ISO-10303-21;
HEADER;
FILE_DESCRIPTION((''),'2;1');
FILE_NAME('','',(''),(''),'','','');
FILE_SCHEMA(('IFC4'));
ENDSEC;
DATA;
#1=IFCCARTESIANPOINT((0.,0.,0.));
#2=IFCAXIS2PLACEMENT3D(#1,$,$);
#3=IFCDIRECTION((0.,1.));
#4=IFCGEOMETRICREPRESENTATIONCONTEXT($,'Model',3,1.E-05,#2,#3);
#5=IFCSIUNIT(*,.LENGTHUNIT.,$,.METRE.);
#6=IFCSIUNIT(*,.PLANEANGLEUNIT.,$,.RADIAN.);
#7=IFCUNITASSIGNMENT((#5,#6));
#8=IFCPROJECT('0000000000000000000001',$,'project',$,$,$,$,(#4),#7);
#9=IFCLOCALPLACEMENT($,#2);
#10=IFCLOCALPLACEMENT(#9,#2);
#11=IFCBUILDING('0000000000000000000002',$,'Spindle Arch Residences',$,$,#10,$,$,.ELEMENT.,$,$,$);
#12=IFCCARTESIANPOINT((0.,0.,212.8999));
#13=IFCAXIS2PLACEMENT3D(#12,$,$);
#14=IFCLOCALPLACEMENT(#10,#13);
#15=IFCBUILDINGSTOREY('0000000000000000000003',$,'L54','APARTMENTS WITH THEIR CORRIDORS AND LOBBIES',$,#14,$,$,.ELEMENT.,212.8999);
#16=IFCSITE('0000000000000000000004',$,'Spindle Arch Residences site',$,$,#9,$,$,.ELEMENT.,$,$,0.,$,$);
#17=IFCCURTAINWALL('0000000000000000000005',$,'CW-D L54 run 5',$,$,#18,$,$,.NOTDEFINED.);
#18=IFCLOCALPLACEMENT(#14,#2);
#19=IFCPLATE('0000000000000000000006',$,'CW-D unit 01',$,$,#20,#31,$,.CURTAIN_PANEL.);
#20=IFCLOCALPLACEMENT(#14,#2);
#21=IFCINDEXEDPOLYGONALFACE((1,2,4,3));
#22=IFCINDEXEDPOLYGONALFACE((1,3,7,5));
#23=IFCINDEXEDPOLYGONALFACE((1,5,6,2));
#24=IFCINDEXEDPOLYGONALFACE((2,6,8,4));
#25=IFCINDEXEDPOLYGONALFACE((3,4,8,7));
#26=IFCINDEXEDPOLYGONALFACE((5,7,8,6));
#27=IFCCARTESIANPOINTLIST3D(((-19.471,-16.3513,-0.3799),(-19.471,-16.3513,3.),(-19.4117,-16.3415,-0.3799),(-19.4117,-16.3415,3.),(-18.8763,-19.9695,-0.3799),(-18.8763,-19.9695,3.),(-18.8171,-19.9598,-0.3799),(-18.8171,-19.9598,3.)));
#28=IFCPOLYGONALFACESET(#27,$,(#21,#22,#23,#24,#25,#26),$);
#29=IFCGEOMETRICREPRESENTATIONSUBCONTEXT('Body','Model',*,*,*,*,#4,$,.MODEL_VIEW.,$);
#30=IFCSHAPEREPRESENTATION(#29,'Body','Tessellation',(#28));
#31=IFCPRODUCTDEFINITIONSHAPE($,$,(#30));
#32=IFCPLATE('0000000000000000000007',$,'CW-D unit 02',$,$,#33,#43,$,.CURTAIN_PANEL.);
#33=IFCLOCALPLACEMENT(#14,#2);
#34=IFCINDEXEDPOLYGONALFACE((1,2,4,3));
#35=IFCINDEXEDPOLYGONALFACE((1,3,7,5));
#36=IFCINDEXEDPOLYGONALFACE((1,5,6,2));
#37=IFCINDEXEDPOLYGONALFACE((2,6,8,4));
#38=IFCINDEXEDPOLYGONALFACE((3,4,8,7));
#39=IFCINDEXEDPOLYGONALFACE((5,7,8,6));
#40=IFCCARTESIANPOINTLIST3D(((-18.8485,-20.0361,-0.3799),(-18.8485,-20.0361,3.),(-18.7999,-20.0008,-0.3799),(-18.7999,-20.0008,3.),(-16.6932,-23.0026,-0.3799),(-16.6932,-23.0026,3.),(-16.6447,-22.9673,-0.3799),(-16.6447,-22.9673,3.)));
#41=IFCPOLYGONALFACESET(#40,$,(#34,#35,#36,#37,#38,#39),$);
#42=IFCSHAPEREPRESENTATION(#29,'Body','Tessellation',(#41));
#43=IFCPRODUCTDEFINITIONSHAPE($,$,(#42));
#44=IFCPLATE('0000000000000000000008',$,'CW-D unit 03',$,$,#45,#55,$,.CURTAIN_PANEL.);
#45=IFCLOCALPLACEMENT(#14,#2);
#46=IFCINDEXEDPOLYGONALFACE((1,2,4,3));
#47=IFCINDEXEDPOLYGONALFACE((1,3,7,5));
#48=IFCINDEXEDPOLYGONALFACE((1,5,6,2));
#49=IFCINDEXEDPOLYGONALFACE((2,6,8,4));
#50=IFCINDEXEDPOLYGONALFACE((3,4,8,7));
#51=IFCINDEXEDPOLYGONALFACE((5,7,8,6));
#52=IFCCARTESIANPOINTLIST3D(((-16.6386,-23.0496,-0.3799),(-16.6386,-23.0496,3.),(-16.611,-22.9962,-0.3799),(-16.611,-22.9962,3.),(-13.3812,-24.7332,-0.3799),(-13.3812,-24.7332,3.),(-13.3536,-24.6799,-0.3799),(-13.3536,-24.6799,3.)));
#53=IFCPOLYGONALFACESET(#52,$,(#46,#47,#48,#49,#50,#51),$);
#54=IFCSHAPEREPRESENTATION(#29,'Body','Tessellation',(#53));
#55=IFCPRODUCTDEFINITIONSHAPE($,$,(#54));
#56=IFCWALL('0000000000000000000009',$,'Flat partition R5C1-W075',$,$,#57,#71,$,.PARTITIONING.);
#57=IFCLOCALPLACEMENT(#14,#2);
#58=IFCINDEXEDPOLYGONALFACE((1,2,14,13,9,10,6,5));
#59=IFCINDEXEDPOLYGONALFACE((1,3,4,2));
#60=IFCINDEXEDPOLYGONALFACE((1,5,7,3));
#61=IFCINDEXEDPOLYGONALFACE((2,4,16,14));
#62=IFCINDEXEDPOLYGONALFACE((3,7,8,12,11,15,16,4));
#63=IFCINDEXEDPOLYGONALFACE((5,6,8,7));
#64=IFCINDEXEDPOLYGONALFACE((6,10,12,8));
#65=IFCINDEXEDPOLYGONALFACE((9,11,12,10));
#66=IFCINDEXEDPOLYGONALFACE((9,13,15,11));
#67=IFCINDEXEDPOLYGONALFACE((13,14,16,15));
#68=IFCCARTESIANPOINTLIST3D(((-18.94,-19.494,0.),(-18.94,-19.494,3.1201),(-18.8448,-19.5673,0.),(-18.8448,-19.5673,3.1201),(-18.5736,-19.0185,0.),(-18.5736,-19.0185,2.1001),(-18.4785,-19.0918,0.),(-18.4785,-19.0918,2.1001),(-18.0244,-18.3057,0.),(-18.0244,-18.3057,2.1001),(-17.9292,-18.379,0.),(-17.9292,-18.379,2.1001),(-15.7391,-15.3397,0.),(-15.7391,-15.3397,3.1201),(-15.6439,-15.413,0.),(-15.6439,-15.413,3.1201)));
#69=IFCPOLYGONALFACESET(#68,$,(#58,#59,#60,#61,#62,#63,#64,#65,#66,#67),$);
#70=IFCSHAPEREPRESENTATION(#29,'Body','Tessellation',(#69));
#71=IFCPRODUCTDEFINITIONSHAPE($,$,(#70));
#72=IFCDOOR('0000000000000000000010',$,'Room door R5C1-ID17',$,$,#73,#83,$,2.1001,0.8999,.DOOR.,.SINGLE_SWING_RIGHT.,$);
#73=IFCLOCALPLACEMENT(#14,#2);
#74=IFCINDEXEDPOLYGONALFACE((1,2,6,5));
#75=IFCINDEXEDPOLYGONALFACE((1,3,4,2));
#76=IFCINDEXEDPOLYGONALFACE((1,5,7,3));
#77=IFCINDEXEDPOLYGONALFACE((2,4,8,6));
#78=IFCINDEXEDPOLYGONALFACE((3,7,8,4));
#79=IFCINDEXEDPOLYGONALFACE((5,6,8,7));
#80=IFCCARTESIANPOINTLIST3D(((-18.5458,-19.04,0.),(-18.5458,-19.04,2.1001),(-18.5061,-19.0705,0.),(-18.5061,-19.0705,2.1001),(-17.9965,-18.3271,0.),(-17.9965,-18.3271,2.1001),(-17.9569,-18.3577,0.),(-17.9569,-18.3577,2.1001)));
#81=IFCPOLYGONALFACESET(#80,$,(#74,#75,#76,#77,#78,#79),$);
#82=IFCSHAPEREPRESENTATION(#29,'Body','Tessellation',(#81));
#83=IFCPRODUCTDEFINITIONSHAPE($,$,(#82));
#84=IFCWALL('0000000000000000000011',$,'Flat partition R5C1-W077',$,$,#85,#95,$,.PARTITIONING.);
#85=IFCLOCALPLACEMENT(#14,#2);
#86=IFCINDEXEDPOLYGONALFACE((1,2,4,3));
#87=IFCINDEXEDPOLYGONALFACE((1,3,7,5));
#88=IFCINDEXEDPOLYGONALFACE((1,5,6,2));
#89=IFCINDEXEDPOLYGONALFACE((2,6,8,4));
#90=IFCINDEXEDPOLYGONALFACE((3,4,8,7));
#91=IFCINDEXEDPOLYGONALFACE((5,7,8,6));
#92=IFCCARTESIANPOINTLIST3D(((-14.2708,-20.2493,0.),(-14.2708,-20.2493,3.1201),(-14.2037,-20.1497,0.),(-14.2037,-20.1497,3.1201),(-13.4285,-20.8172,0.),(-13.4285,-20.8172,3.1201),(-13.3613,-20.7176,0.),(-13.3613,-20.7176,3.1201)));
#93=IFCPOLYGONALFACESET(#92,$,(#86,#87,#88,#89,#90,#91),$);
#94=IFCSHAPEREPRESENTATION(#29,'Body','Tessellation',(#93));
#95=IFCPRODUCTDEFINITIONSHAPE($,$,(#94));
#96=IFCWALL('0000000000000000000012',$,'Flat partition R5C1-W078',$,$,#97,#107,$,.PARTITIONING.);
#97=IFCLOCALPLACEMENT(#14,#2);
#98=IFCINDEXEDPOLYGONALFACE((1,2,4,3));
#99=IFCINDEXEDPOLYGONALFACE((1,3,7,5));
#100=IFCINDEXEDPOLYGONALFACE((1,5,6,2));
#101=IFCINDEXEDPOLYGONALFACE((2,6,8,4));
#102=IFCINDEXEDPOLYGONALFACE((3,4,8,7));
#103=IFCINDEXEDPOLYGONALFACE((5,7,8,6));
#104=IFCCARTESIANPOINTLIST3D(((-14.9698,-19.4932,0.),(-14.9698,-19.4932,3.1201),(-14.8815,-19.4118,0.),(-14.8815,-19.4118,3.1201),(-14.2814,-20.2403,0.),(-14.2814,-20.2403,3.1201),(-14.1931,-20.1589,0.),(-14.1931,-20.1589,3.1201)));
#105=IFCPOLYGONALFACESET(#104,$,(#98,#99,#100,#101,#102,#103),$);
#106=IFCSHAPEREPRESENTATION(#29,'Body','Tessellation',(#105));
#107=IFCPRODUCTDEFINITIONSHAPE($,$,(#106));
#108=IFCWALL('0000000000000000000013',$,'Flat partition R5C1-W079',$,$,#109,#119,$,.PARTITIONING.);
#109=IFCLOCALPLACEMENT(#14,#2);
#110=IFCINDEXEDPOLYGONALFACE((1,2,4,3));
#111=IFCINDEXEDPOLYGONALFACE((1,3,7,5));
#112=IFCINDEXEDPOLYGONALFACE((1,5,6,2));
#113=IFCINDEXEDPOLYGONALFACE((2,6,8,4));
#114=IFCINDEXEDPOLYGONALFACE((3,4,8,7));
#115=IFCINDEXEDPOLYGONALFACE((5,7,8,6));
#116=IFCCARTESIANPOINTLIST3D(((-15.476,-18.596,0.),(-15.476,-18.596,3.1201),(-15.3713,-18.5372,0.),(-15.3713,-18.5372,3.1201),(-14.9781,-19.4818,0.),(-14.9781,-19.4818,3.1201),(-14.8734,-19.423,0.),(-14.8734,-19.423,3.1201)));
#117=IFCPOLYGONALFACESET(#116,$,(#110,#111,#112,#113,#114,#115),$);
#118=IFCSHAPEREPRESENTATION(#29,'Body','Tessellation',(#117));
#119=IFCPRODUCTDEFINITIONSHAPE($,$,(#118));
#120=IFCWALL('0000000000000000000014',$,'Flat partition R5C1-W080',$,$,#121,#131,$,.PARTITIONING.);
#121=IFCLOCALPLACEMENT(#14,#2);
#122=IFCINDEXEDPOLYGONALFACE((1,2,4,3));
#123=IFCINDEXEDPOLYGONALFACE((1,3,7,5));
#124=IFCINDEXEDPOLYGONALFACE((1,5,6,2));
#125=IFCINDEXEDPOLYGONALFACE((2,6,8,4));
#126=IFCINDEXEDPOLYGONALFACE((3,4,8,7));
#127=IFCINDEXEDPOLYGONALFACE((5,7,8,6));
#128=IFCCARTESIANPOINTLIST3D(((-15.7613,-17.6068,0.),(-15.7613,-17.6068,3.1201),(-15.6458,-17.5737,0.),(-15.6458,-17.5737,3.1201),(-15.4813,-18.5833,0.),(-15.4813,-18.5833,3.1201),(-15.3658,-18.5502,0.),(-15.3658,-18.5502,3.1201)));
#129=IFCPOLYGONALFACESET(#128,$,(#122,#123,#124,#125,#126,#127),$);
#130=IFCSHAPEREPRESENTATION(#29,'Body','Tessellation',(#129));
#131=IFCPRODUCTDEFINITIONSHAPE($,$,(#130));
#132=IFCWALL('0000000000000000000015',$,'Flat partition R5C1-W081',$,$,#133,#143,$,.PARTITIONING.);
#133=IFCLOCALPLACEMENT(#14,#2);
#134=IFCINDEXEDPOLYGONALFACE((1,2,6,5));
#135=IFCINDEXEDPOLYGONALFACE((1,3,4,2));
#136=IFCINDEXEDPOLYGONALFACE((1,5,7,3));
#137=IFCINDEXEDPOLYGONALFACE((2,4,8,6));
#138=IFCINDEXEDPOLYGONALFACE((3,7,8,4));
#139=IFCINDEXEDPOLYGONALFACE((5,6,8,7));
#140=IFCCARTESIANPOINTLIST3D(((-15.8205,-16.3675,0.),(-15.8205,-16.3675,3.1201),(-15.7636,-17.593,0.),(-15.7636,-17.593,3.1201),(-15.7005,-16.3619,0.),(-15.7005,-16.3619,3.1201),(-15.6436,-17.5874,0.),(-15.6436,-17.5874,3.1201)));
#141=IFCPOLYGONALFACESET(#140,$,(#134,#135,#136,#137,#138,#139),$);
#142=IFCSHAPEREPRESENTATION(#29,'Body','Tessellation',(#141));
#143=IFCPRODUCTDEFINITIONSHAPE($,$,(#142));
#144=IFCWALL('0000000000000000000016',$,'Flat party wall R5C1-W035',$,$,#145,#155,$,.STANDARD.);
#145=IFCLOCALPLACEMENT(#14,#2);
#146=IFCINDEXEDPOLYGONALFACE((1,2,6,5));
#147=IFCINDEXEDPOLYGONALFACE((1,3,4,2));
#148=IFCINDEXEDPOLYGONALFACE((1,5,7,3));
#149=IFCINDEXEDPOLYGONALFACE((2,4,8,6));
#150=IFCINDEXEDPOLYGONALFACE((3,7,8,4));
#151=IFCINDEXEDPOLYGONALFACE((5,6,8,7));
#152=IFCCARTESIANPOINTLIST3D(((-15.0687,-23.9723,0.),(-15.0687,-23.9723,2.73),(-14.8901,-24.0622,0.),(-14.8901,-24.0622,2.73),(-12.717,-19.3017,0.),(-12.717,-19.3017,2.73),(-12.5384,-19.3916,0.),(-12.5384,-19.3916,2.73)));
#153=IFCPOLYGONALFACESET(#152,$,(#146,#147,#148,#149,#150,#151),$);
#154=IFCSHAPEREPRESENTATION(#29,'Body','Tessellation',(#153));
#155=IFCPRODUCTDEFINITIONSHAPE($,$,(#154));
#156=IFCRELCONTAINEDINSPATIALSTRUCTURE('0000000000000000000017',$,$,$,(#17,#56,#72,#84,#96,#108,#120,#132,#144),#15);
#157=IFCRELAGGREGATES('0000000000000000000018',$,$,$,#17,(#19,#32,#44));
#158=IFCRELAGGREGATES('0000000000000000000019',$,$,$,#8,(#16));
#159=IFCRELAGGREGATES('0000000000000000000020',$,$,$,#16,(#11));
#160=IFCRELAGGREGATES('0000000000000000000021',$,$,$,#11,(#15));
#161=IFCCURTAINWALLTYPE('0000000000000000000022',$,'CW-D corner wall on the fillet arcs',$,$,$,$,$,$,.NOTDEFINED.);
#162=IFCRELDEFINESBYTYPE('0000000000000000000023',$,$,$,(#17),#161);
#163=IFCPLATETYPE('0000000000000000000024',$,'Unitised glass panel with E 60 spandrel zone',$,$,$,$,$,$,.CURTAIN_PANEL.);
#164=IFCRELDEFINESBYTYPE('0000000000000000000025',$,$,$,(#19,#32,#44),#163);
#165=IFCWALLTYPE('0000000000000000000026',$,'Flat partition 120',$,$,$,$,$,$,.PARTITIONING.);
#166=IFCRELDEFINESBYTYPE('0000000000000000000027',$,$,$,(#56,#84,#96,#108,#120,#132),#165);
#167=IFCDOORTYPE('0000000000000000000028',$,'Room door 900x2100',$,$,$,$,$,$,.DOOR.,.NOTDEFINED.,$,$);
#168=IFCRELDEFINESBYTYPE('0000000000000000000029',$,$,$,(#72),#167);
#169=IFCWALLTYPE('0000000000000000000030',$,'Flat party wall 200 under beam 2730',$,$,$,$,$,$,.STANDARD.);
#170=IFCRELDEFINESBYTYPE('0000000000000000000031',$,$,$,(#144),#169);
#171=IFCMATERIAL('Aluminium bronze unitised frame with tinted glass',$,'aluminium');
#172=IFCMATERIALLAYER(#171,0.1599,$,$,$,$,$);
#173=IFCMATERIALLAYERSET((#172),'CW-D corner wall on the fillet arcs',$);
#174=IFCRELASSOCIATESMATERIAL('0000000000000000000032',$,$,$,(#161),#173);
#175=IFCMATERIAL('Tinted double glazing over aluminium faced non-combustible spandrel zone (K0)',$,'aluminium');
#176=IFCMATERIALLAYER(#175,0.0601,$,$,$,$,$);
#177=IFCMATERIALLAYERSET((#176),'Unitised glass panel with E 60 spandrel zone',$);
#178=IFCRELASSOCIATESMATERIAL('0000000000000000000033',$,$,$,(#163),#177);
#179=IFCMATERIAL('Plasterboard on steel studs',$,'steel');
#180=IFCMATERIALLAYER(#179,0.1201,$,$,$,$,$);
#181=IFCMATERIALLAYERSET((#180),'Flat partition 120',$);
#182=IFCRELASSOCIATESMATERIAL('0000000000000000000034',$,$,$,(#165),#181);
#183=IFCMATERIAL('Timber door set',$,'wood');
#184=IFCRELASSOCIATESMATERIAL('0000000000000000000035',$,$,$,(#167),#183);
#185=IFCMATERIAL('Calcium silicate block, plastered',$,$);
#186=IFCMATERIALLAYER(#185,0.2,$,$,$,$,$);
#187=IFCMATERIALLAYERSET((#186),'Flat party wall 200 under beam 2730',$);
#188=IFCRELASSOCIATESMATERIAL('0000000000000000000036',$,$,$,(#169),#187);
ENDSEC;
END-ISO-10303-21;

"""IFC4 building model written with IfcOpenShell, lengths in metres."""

from ifc_helpers import new_model, si_unit, direction, frame, frame_2d, origin, origin_2d, place, context, subcontext, project, spatial, rectangle, extrude, material, layer, layer_set, type_object, element, fill, aggregate, save


model = new_model("IFC4")

# Units and contexts
model_context = context("Model", 3, precision=1e-05, world=origin(), true_north=direction((0.0, 1.0)))
body_context = subcontext(model_context, "Body", "Model", "MODEL_VIEW")
ifc_project = project(units=[si_unit("LENGTHUNIT", "METRE"), si_unit("PLANEANGLEUNIT", "RADIAN")], contexts=[model_context])

# Site, building, storey
site_placement = place(None, origin())
site = spatial("IfcSite", under=ifc_project, at=site_placement, Name="Spindle Arch Residences site", CompositionType="ELEMENT", RefElevation=0.0)
building_placement = place(site_placement, origin())
building = spatial("IfcBuilding", under=site, at=building_placement, Name="Spindle Arch Residences", CompositionType="ELEMENT")
storey_placement = place(building_placement, frame((0.0, 0.0, 212.8999)))
storey = spatial("IfcBuildingStorey", under=building, at=storey_placement, Name="L54", Description="APARTMENTS WITH THEIR CORRIDORS AND LOBBIES", CompositionType="ELEMENT", Elevation=212.8999)

# Curtain wall
ifc_material_1 = material(Name="Aluminium bronze unitised frame with tinted glass", Category="aluminium")
ifc_layer_1 = layer(ifc_material_1, 0.1599)
ifc_layer_set_1 = layer_set([ifc_layer_1], Name="CW-D corner wall on the fillet arcs")
curtain_wall_type = type_object("IfcCurtainWallType", Name="CW-D corner wall on the fillet arcs", PredefinedType="NOTDEFINED", material=ifc_layer_set_1)
curtain_wall_placement = place(storey_placement, origin())
curtain_wall = element("IfcCurtainWall", 1, at=curtain_wall_placement, inside=storey, type_object=curtain_wall_type, Name="CW-D L54 run 5", PredefinedType="NOTDEFINED")

# Plates
ifc_material_2 = material(Name="Tinted double glazing over aluminium faced non-combustible spandrel zone (K0)", Category="aluminium")
ifc_layer_2 = layer(ifc_material_2, 0.0601)
ifc_layer_set_2 = layer_set([ifc_layer_2], Name="Unitised glass panel with E 60 spandrel zone")
plate_type = type_object("IfcPlateType", Name="Unitised glass panel with E 60 spandrel zone", PredefinedType="CURTAIN_PANEL", material=ifc_layer_set_2)
plate_1_placement = place(storey_placement, frame((-19.144, -18.1555, -0.3799), z_axis=(0.0, 0.0, 1.0), x_axis=(0.162178, -0.986762, 0.0)))
plate_1 = element("IfcPlate", 2, at=plate_1_placement, type_object=plate_type, Name="CW-D unit 01", PredefinedType="CURTAIN_PANEL", context=body_context, shape_type="SweptSolid", body=[
    extrude(rectangle(XDim=3.6667, YDim=0.0601, at=origin_2d()), origin(), (0.0, 0.0, 1.0), 3.3799),
])
plate_2_placement = place(storey_placement, frame((-17.7466, -21.5017, -0.3799), z_axis=(0.0, 0.0, 1.0), x_axis=(0.587785, -0.809017, 0.0)))
plate_2 = element("IfcPlate", 3, at=plate_2_placement, type_object=plate_type, Name="CW-D unit 02", PredefinedType="CURTAIN_PANEL", context=body_context, shape_type="SweptSolid", body=[
    extrude(rectangle(XDim=3.6667, YDim=0.0601, at=origin_2d()), origin(), (0.0, 0.0, 1.0), 3.3799),
])
plate_3_placement = place(storey_placement, frame((-14.9961, -23.8647, -0.3799), z_axis=(0.0, 0.0, 1.0), x_axis=(0.88835, -0.459166, 0.0)))
plate_3 = element("IfcPlate", 4, at=plate_3_placement, type_object=plate_type, Name="CW-D unit 03", PredefinedType="CURTAIN_PANEL", context=body_context, shape_type="SweptSolid", body=[
    extrude(rectangle(XDim=3.6667, YDim=0.0601, at=origin_2d()), origin(), (0.0, 0.0, 1.0), 3.3799),
])
aggregate(curtain_wall, [plate_1, plate_2, plate_3])

# Wall, opening, door
ifc_material_3 = material(Name="Plasterboard on steel studs", Category="steel")
ifc_layer_3 = layer(ifc_material_3, 0.1201)
ifc_layer_set_3 = layer_set([ifc_layer_3], Name="Flat partition 120")
wall_type_1 = type_object("IfcWallType", Name="Flat partition 120", PredefinedType="PARTITIONING", material=ifc_layer_set_3)
wall_1_placement = place(storey_placement, frame((-18.8923, -19.5305, 0.0), z_axis=(0.0, 0.0, 1.0), x_axis=(0.610347, 0.792134, 0.0)))
wall_1 = element("IfcWall", 5, at=wall_1_placement, inside=storey, type_object=wall_type_1, Name="Flat partition R5C1-W075", PredefinedType="PARTITIONING", context=body_context, shape_type="SweptSolid", body=[
    extrude(rectangle(XDim=5.2444, YDim=0.1201, at=frame_2d((2.6221, 0.0))), origin(), (0.0, 0.0, 1.0), 3.1201),
])
opening_placement = place(wall_1_placement, frame((0.6001, 0.0, 0.0)))
opening = element("IfcOpeningElement", 6, at=opening_placement, cuts=wall_1, PredefinedType="OPENING", context=body_context, shape_type="SweptSolid", body=[
    extrude(rectangle(XDim=0.8999, YDim=2.1001, at=frame_2d((0.45, 1.05))), frame((0.0, 0.0701, 0.0), z_axis=(0.0, -1.0, 0.0), x_axis=(1.0, 0.0, 0.0)), (0.0, 0.0, 1.0), 0.1401),
])
ifc_material_4 = material(Name="Timber door set", Category="wood")
door_type = type_object("IfcDoorType", Name="Room door 900x2100", OperationType="NOTDEFINED", PredefinedType="DOOR", material=ifc_material_4)
door_placement = place(opening_placement, origin())
door = element("IfcDoor", 7, at=door_placement, inside=storey, type_object=door_type, Name="Room door R5C1-ID17", OperationType="SINGLE_SWING_RIGHT", OverallHeight=2.1001, OverallWidth=0.8999, PredefinedType="DOOR", context=body_context, shape_type="SweptSolid", body=[
    extrude(rectangle(XDim=0.8999, YDim=2.1001, at=frame_2d((0.45, 1.05))), frame((0.0, 0.0249, 0.0), z_axis=(0.0, -1.0, 0.0), x_axis=(1.0, 0.0, 0.0)), (0.0, 0.0, 1.0), 0.05),
])
fill(opening, door)

# Walls
for number, where, z_axis, x_axis, name in (
    (8, (-13.395, -20.7673, 0.0), (0.0, 0.0, 1.0), (-0.829155, 0.559019, 0.0), "Flat partition R5C1-W077"),
    (9, (-14.2373, -20.1995, 0.0), (0.0, 0.0, 1.0), (-0.677681, 0.735356, 0.0), "Flat partition R5C1-W078"),
):
    element("IfcWall", number, at=place(storey_placement, frame(where, z_axis=z_axis, x_axis=x_axis)), inside=storey, type_object=wall_type_1, Name=name, PredefinedType="PARTITIONING", context=body_context, shape_type="SweptSolid", body=[
        extrude(rectangle(XDim=1.0159, YDim=0.1201, at=frame_2d((0.5078, 0.0))), origin(), (0.0, 0.0, 1.0), 3.1201),
    ])
wall_2_placement = place(storey_placement, frame((-14.9258, -19.4524, 0.0), z_axis=(0.0, 0.0, 1.0), x_axis=(-0.489942, 0.871755, 0.0)))
element("IfcWall", 10, at=wall_2_placement, inside=storey, type_object=wall_type_1, Name="Flat partition R5C1-W079", PredefinedType="PARTITIONING", context=body_context, shape_type="SweptSolid", body=[
    extrude(rectangle(XDim=1.0161, YDim=0.1201, at=frame_2d((0.5081, 0.0))), origin(), (0.0, 0.0, 1.0), 3.1201),
])
wall_3_placement = place(storey_placement, frame((-15.4236, -18.5667, 0.0), z_axis=(0.0, 0.0, 1.0), x_axis=(-0.275641, 0.961261, 0.0)))
element("IfcWall", 11, at=wall_3_placement, inside=storey, type_object=wall_type_1, Name="Flat partition R5C1-W080", PredefinedType="PARTITIONING", context=body_context, shape_type="SweptSolid", body=[
    extrude(rectangle(XDim=1.0159, YDim=0.1201, at=frame_2d((0.5078, 0.0))), origin(), (0.0, 0.0, 1.0), 3.1201),
])
wall_4_placement = place(storey_placement, frame((-15.7036, -17.5901, 0.0), z_axis=(0.0, 0.0, 1.0), x_axis=(-0.046364, 0.998925, 0.0)))
element("IfcWall", 12, at=wall_4_placement, inside=storey, type_object=wall_type_1, Name="Flat partition R5C1-W081", PredefinedType="PARTITIONING", context=body_context, shape_type="SweptSolid", body=[
    extrude(rectangle(XDim=1.2268, YDim=0.1201, at=frame_2d((0.6133, 0.0))), origin(), (0.0, 0.0, 1.0), 3.1201),
])
ifc_material_5 = material(Name="Calcium silicate block, plastered")
ifc_layer_4 = layer(ifc_material_5, 0.2)
ifc_layer_set_4 = layer_set([ifc_layer_4], Name="Flat party wall 200 under beam 2730")
wall_type_2 = type_object("IfcWallType", Name="Flat party wall 200 under beam 2730", PredefinedType="STANDARD", material=ifc_layer_set_4)
wall_5_placement = place(storey_placement, frame((-14.9795, -24.0173, 0.0), z_axis=(0.0, 0.0, 1.0), x_axis=(0.449733, 0.893163, 0.0)))
element("IfcWall", 13, at=wall_5_placement, inside=storey, type_object=wall_type_2, Name="Flat party wall R5C1-W035", PredefinedType="STANDARD", context=body_context, shape_type="SweptSolid", body=[
    extrude(rectangle(XDim=5.2292, YDim=0.2, at=frame_2d((2.6147, 0.0))), origin(), (0.0, 0.0, 1.0), 2.73),
])

save(model, "model.ifc")
